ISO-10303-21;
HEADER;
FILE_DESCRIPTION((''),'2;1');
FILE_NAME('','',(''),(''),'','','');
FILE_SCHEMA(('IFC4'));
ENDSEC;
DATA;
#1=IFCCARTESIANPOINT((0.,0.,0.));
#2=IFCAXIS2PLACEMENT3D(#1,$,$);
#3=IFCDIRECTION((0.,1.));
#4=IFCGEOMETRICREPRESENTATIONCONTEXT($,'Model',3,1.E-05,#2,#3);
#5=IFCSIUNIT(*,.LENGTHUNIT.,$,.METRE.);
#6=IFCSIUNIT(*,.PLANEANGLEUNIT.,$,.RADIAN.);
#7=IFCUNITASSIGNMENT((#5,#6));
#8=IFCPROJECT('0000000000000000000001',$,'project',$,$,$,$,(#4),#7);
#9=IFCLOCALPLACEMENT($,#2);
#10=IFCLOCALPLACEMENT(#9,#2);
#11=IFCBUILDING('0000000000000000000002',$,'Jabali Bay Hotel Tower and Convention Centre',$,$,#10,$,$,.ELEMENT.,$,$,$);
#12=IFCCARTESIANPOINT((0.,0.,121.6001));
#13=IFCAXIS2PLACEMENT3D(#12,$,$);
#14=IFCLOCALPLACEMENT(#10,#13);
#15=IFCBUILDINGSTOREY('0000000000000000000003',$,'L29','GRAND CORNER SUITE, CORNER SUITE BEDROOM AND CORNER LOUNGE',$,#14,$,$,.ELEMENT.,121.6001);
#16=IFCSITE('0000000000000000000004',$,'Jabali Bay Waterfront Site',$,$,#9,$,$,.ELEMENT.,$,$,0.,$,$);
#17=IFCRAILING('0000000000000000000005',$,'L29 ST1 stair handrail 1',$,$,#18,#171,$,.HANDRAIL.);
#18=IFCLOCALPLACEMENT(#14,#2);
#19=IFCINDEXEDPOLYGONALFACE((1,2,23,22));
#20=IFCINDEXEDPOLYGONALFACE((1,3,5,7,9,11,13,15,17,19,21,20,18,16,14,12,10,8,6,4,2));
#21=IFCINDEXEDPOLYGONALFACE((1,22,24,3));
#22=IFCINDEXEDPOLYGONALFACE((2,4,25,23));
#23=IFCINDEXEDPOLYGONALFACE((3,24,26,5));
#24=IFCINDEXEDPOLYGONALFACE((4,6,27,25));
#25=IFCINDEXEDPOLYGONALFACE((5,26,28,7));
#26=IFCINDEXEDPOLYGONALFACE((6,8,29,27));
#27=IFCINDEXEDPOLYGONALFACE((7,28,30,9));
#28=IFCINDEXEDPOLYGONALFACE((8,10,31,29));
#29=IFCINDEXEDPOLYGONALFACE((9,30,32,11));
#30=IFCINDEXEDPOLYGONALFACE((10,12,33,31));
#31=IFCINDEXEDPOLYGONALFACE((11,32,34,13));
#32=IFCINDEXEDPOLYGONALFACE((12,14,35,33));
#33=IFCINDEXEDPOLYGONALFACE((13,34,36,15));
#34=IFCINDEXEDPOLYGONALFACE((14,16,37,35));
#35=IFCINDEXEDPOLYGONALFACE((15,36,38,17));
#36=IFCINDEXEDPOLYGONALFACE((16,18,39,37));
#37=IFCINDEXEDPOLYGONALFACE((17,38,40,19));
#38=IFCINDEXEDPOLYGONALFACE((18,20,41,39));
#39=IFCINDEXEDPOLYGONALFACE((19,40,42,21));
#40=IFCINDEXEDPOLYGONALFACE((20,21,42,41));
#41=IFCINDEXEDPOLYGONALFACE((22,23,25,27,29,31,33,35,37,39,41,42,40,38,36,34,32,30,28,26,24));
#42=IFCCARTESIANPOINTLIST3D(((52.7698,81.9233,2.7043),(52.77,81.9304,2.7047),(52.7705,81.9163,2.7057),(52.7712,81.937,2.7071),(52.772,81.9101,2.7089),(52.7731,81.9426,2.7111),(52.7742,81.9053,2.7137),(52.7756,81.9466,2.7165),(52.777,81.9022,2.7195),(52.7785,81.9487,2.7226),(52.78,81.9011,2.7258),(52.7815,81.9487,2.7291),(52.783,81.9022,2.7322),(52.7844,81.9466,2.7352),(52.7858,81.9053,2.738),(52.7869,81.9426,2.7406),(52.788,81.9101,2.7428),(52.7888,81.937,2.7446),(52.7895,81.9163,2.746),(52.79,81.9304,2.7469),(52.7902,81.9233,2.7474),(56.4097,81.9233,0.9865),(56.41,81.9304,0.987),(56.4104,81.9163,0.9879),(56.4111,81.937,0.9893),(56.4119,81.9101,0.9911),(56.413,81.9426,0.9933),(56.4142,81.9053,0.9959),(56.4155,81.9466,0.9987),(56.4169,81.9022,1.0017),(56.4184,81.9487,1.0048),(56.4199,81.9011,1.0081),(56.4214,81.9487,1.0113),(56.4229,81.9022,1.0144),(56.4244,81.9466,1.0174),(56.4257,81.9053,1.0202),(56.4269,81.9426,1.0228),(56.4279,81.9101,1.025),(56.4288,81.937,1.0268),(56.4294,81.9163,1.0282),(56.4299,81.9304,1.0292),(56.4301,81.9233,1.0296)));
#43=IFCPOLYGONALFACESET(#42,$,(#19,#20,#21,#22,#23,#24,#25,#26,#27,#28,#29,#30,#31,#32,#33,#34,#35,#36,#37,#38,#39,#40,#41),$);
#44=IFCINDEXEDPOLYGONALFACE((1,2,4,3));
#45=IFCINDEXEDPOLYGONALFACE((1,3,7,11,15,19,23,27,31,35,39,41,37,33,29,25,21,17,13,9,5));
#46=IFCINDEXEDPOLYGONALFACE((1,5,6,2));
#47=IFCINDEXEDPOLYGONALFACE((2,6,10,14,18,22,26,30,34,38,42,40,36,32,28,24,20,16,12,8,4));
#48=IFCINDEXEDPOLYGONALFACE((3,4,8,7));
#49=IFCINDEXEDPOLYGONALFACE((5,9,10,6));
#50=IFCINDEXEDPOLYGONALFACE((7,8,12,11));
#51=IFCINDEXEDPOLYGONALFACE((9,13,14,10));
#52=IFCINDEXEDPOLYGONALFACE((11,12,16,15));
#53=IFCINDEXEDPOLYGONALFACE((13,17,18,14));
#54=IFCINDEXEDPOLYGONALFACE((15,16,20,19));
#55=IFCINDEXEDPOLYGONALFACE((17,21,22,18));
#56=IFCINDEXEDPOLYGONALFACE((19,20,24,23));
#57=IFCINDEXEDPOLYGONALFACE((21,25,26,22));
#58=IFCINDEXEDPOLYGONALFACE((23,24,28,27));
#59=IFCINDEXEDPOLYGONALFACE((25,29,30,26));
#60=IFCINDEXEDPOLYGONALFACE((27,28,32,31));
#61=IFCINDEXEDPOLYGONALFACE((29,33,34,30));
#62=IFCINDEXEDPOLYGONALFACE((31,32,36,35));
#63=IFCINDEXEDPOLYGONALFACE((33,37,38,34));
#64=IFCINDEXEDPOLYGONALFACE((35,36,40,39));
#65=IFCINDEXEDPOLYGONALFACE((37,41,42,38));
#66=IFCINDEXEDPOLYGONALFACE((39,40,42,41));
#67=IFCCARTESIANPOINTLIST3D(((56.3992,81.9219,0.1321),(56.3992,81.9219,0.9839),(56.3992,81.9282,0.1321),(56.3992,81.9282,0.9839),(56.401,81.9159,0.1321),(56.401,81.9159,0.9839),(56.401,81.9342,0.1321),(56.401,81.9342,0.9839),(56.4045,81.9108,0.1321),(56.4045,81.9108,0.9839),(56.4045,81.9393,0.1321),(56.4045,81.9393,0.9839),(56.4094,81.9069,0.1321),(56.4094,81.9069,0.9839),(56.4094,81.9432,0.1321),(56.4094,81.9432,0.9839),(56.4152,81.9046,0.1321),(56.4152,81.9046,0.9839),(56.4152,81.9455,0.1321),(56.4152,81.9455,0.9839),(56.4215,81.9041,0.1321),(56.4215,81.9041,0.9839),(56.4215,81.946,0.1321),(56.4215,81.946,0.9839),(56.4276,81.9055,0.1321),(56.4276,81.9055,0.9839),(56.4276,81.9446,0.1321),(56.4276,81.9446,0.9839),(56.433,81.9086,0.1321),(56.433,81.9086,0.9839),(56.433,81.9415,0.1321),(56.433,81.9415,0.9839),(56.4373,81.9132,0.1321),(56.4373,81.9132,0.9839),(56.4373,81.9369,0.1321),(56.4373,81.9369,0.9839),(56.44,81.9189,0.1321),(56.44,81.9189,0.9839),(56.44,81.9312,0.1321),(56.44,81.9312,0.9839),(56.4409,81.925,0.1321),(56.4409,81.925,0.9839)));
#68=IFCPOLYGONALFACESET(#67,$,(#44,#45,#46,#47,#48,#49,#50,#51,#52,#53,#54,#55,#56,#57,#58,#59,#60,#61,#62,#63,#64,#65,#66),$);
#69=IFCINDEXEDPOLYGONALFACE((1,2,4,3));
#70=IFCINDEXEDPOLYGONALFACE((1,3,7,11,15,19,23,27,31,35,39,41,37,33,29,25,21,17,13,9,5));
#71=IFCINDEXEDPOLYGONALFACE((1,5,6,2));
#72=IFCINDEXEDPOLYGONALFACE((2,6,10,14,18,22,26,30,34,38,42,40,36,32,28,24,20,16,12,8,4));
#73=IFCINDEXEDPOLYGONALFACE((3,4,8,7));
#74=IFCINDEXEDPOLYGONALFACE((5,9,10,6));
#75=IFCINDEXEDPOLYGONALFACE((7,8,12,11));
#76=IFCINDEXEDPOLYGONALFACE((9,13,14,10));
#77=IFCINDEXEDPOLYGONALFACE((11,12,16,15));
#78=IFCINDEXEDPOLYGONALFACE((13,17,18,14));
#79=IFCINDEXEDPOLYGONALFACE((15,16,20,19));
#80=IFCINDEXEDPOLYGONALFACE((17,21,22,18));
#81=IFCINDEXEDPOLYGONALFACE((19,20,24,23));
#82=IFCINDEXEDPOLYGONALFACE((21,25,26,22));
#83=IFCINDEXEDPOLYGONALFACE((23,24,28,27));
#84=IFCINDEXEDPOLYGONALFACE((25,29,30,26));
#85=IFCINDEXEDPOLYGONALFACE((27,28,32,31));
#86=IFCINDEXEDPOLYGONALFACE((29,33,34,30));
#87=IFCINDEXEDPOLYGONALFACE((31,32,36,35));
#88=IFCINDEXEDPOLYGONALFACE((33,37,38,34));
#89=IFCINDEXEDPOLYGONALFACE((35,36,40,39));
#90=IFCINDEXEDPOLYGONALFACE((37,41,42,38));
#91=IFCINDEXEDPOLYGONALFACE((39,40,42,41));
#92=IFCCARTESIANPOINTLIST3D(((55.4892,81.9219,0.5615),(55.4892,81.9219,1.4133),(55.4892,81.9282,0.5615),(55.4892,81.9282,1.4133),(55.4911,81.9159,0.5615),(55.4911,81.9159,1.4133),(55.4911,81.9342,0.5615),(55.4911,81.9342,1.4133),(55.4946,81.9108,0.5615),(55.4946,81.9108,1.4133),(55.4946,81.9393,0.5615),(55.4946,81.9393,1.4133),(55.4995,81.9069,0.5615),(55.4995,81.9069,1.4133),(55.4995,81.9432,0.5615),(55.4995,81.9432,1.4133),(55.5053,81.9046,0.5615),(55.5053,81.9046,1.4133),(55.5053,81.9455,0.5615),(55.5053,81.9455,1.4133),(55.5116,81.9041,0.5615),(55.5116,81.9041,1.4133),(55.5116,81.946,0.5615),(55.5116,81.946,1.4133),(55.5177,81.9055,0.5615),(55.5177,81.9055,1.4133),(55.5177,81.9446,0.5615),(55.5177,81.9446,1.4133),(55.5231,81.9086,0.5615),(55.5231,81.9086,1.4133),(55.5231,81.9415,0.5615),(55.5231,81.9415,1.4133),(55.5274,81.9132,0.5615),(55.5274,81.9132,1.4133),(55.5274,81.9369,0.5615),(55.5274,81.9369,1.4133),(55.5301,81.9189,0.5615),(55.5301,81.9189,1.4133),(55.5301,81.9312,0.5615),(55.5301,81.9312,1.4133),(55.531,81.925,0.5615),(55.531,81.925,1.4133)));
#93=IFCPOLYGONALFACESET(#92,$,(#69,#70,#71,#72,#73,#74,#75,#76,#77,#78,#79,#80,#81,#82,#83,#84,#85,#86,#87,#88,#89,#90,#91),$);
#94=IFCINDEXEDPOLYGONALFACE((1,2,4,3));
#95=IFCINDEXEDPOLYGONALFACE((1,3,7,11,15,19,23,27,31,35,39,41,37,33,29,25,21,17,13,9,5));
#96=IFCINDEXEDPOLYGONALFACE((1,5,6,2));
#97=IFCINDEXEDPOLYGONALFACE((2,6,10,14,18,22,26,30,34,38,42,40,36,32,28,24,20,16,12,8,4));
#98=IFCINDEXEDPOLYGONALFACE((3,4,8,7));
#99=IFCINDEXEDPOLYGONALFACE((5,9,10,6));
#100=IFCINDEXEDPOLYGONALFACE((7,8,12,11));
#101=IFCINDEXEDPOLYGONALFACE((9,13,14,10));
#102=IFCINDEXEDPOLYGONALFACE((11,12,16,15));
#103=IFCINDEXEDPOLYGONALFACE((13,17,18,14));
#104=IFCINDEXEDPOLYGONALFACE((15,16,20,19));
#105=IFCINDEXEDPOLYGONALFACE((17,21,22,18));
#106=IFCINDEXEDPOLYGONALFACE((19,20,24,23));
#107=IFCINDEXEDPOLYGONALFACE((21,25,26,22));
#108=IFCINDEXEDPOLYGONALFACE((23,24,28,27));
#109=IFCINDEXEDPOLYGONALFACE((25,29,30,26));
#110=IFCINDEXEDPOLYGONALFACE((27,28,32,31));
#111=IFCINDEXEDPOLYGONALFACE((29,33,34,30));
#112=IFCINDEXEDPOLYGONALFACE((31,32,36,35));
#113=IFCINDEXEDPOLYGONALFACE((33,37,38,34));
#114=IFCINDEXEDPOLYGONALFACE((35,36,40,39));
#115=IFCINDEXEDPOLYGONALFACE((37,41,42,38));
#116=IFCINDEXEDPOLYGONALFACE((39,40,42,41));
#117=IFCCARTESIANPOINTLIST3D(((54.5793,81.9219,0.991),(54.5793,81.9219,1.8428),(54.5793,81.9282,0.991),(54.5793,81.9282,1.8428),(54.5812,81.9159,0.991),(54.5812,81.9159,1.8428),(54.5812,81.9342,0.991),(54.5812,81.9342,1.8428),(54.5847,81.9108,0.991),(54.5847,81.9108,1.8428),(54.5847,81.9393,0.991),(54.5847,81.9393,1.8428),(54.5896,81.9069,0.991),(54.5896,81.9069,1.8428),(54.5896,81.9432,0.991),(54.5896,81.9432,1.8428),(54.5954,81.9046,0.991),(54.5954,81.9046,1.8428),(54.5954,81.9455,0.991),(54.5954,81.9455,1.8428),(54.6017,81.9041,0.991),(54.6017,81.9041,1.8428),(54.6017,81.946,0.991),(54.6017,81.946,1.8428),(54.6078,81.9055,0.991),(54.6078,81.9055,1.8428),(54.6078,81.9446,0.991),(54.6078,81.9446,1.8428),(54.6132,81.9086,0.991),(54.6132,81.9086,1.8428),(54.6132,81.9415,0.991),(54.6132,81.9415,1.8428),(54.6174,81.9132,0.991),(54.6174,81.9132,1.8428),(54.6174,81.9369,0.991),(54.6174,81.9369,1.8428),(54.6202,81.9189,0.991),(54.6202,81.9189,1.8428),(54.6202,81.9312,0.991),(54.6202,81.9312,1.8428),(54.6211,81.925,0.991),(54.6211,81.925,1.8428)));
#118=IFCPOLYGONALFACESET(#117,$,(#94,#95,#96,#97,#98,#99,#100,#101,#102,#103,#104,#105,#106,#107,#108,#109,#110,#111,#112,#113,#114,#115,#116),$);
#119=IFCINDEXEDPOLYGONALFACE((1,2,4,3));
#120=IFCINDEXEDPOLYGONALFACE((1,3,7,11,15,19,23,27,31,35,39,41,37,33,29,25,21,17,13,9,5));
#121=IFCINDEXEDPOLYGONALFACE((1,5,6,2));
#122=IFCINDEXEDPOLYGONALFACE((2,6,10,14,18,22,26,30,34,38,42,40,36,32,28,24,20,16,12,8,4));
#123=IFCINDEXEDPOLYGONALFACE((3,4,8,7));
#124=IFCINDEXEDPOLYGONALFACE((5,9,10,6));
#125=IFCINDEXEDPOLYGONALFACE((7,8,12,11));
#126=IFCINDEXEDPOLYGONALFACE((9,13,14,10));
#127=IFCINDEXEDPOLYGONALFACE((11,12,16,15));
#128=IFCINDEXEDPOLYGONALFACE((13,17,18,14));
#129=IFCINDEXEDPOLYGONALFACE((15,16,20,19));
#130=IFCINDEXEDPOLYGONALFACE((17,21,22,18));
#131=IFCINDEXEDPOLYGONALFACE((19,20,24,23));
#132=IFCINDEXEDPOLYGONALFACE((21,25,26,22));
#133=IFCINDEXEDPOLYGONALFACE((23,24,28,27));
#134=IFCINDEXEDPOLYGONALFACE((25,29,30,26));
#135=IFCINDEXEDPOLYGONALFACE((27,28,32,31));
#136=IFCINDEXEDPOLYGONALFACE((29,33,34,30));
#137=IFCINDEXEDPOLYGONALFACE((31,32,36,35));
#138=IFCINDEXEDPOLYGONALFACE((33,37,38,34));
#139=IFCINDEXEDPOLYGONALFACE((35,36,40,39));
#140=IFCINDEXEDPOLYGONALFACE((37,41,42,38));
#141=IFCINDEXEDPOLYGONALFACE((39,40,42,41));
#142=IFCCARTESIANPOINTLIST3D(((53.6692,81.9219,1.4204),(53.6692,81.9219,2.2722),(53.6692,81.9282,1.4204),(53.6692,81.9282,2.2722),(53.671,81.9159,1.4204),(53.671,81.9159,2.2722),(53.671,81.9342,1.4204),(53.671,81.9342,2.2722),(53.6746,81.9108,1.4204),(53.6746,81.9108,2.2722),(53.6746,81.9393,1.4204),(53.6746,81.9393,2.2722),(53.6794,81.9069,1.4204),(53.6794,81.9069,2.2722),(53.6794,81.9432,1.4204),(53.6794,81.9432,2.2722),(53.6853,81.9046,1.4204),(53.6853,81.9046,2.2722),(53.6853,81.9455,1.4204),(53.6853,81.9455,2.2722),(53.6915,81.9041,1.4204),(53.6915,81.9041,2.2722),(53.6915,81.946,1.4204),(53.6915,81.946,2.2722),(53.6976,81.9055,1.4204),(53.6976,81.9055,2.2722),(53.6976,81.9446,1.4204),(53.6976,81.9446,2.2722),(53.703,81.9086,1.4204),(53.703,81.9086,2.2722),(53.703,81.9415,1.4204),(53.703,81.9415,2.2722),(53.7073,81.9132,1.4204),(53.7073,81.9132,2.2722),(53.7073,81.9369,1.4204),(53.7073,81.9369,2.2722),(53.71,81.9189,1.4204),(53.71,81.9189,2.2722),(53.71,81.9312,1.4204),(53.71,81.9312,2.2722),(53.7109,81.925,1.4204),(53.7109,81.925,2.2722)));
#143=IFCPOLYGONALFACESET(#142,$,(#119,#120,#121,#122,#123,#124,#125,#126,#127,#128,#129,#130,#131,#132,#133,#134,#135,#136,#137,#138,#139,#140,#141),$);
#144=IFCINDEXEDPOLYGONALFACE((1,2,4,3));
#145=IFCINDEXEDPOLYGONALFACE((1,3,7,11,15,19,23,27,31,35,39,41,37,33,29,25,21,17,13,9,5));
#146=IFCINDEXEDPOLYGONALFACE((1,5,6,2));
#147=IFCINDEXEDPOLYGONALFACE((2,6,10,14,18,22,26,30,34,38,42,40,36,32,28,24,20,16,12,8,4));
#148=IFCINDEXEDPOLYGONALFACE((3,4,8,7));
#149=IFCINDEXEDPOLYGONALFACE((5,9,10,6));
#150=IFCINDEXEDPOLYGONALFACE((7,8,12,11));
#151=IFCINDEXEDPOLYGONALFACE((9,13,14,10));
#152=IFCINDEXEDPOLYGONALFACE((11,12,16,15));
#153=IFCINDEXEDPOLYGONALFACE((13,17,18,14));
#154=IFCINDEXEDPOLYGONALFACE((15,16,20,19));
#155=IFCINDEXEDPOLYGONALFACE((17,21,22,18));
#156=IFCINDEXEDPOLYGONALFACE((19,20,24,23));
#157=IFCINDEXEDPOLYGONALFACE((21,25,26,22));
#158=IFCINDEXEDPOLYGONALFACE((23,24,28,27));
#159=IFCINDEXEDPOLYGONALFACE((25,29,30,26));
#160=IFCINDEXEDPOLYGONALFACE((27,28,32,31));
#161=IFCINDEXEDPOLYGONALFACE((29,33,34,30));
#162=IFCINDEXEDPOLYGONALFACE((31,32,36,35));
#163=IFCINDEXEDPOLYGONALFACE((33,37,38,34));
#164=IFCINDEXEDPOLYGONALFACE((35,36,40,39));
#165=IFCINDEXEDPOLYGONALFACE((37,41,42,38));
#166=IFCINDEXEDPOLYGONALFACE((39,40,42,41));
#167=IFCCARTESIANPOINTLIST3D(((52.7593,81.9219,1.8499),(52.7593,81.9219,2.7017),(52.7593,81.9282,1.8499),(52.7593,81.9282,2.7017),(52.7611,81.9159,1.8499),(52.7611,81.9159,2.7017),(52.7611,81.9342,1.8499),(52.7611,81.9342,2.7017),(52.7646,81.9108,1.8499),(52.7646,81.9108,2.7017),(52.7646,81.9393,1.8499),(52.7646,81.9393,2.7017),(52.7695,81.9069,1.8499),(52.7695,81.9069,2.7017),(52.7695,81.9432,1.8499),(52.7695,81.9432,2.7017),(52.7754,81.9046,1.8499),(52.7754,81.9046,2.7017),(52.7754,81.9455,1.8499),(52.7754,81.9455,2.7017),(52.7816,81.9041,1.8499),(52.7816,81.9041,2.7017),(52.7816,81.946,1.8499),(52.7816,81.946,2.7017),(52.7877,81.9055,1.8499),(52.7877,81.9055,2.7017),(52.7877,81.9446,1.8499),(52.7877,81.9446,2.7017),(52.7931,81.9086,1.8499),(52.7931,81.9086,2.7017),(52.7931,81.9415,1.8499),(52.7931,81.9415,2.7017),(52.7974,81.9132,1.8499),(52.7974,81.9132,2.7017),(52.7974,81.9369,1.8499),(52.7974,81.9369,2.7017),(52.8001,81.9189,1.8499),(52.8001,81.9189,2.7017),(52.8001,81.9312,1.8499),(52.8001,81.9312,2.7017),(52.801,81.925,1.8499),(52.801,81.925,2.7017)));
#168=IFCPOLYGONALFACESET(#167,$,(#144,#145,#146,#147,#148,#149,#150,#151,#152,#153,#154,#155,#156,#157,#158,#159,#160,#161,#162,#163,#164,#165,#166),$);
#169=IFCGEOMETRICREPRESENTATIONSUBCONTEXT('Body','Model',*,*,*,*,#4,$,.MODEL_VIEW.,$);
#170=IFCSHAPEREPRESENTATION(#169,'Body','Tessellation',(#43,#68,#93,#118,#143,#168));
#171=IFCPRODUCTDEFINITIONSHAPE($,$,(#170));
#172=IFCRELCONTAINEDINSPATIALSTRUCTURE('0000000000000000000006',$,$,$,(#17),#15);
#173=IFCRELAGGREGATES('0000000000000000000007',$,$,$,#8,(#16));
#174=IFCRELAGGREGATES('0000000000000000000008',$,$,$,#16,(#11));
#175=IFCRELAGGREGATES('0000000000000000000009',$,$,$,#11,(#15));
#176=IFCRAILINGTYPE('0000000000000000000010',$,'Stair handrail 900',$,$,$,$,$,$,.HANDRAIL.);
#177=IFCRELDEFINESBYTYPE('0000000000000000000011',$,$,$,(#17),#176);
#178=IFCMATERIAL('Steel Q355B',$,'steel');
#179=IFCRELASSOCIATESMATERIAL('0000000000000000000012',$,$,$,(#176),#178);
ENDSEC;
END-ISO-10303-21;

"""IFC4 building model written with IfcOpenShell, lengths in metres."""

from ifc_helpers import new_model, si_unit, direction, frame, origin, origin_2d, place, context, subcontext, project, spatial, circle, extrude, material, type_object, element, save


model = new_model("IFC4")

# Units and contexts
model_context = context("Model", 3, precision=1e-05, world=origin(), true_north=direction((0.0, 1.0)))
body_context = subcontext(model_context, "Body", "Model", "MODEL_VIEW")
ifc_project = project(units=[si_unit("LENGTHUNIT", "METRE"), si_unit("PLANEANGLEUNIT", "RADIAN")], contexts=[model_context])

# Site, building, storey
site_placement = place(None, origin())
site = spatial("IfcSite", under=ifc_project, at=site_placement, Name="Jabali Bay Waterfront Site", CompositionType="ELEMENT", RefElevation=0.0)
building_placement = place(site_placement, origin())
building = spatial("IfcBuilding", under=site, at=building_placement, Name="Jabali Bay Hotel Tower and Convention Centre", CompositionType="ELEMENT")
storey_placement = place(building_placement, frame((0.0, 0.0, 121.6001)))
storey = spatial("IfcBuildingStorey", under=building, at=storey_placement, Name="L29", Description="GRAND CORNER SUITE, CORNER SUITE BEDROOM AND CORNER LOUNGE", CompositionType="ELEMENT", Elevation=121.6001)

# Railing
ifc_material_1 = material(Name="Steel Q355B", Category="steel")
railing_type_1 = type_object("IfcRailingType", Name="Stair handrail 900", PredefinedType="HANDRAIL", material=ifc_material_1)
railing_1_placement = place(storey_placement, frame((56.4199, 81.925, 0.1321)))
element("IfcRailing", 1, at=railing_1_placement, inside=storey, type_object=railing_type_1, Name="L29 ST1 stair handrail 1", PredefinedType="HANDRAIL", context=body_context, shape_type="SweptSolid", body=[
    extrude(circle(Radius=0.0239, at=origin_2d()), frame((0.0, 0.0, 0.876), z_axis=(-0.904351, 0.0, 0.42679), x_axis=(0.0, -1.0, 0.0)), (0.0, 0.0, 1.0), 4.0249),
    extrude(circle(Radius=0.021, at=origin_2d()), origin(), (0.0, 0.0, 1.0), 0.8518),
    extrude(circle(Radius=0.021, at=origin_2d()), frame((-0.9099, 0.0, 0.4294)), (0.0, 0.0, 1.0), 0.8518),
    extrude(circle(Radius=0.021, at=origin_2d()), frame((-1.8198, 0.0, 0.8589)), (0.0, 0.0, 1.0), 0.8518),
    extrude(circle(Radius=0.021, at=origin_2d()), frame((-2.73, 0.0, 1.2883)), (0.0, 0.0, 1.0), 0.8518),
    extrude(circle(Radius=0.021, at=origin_2d()), frame((-3.6399, 0.0, 1.7178)), (0.0, 0.0, 1.0), 0.8518),
])

save(model, "model.ifc")
